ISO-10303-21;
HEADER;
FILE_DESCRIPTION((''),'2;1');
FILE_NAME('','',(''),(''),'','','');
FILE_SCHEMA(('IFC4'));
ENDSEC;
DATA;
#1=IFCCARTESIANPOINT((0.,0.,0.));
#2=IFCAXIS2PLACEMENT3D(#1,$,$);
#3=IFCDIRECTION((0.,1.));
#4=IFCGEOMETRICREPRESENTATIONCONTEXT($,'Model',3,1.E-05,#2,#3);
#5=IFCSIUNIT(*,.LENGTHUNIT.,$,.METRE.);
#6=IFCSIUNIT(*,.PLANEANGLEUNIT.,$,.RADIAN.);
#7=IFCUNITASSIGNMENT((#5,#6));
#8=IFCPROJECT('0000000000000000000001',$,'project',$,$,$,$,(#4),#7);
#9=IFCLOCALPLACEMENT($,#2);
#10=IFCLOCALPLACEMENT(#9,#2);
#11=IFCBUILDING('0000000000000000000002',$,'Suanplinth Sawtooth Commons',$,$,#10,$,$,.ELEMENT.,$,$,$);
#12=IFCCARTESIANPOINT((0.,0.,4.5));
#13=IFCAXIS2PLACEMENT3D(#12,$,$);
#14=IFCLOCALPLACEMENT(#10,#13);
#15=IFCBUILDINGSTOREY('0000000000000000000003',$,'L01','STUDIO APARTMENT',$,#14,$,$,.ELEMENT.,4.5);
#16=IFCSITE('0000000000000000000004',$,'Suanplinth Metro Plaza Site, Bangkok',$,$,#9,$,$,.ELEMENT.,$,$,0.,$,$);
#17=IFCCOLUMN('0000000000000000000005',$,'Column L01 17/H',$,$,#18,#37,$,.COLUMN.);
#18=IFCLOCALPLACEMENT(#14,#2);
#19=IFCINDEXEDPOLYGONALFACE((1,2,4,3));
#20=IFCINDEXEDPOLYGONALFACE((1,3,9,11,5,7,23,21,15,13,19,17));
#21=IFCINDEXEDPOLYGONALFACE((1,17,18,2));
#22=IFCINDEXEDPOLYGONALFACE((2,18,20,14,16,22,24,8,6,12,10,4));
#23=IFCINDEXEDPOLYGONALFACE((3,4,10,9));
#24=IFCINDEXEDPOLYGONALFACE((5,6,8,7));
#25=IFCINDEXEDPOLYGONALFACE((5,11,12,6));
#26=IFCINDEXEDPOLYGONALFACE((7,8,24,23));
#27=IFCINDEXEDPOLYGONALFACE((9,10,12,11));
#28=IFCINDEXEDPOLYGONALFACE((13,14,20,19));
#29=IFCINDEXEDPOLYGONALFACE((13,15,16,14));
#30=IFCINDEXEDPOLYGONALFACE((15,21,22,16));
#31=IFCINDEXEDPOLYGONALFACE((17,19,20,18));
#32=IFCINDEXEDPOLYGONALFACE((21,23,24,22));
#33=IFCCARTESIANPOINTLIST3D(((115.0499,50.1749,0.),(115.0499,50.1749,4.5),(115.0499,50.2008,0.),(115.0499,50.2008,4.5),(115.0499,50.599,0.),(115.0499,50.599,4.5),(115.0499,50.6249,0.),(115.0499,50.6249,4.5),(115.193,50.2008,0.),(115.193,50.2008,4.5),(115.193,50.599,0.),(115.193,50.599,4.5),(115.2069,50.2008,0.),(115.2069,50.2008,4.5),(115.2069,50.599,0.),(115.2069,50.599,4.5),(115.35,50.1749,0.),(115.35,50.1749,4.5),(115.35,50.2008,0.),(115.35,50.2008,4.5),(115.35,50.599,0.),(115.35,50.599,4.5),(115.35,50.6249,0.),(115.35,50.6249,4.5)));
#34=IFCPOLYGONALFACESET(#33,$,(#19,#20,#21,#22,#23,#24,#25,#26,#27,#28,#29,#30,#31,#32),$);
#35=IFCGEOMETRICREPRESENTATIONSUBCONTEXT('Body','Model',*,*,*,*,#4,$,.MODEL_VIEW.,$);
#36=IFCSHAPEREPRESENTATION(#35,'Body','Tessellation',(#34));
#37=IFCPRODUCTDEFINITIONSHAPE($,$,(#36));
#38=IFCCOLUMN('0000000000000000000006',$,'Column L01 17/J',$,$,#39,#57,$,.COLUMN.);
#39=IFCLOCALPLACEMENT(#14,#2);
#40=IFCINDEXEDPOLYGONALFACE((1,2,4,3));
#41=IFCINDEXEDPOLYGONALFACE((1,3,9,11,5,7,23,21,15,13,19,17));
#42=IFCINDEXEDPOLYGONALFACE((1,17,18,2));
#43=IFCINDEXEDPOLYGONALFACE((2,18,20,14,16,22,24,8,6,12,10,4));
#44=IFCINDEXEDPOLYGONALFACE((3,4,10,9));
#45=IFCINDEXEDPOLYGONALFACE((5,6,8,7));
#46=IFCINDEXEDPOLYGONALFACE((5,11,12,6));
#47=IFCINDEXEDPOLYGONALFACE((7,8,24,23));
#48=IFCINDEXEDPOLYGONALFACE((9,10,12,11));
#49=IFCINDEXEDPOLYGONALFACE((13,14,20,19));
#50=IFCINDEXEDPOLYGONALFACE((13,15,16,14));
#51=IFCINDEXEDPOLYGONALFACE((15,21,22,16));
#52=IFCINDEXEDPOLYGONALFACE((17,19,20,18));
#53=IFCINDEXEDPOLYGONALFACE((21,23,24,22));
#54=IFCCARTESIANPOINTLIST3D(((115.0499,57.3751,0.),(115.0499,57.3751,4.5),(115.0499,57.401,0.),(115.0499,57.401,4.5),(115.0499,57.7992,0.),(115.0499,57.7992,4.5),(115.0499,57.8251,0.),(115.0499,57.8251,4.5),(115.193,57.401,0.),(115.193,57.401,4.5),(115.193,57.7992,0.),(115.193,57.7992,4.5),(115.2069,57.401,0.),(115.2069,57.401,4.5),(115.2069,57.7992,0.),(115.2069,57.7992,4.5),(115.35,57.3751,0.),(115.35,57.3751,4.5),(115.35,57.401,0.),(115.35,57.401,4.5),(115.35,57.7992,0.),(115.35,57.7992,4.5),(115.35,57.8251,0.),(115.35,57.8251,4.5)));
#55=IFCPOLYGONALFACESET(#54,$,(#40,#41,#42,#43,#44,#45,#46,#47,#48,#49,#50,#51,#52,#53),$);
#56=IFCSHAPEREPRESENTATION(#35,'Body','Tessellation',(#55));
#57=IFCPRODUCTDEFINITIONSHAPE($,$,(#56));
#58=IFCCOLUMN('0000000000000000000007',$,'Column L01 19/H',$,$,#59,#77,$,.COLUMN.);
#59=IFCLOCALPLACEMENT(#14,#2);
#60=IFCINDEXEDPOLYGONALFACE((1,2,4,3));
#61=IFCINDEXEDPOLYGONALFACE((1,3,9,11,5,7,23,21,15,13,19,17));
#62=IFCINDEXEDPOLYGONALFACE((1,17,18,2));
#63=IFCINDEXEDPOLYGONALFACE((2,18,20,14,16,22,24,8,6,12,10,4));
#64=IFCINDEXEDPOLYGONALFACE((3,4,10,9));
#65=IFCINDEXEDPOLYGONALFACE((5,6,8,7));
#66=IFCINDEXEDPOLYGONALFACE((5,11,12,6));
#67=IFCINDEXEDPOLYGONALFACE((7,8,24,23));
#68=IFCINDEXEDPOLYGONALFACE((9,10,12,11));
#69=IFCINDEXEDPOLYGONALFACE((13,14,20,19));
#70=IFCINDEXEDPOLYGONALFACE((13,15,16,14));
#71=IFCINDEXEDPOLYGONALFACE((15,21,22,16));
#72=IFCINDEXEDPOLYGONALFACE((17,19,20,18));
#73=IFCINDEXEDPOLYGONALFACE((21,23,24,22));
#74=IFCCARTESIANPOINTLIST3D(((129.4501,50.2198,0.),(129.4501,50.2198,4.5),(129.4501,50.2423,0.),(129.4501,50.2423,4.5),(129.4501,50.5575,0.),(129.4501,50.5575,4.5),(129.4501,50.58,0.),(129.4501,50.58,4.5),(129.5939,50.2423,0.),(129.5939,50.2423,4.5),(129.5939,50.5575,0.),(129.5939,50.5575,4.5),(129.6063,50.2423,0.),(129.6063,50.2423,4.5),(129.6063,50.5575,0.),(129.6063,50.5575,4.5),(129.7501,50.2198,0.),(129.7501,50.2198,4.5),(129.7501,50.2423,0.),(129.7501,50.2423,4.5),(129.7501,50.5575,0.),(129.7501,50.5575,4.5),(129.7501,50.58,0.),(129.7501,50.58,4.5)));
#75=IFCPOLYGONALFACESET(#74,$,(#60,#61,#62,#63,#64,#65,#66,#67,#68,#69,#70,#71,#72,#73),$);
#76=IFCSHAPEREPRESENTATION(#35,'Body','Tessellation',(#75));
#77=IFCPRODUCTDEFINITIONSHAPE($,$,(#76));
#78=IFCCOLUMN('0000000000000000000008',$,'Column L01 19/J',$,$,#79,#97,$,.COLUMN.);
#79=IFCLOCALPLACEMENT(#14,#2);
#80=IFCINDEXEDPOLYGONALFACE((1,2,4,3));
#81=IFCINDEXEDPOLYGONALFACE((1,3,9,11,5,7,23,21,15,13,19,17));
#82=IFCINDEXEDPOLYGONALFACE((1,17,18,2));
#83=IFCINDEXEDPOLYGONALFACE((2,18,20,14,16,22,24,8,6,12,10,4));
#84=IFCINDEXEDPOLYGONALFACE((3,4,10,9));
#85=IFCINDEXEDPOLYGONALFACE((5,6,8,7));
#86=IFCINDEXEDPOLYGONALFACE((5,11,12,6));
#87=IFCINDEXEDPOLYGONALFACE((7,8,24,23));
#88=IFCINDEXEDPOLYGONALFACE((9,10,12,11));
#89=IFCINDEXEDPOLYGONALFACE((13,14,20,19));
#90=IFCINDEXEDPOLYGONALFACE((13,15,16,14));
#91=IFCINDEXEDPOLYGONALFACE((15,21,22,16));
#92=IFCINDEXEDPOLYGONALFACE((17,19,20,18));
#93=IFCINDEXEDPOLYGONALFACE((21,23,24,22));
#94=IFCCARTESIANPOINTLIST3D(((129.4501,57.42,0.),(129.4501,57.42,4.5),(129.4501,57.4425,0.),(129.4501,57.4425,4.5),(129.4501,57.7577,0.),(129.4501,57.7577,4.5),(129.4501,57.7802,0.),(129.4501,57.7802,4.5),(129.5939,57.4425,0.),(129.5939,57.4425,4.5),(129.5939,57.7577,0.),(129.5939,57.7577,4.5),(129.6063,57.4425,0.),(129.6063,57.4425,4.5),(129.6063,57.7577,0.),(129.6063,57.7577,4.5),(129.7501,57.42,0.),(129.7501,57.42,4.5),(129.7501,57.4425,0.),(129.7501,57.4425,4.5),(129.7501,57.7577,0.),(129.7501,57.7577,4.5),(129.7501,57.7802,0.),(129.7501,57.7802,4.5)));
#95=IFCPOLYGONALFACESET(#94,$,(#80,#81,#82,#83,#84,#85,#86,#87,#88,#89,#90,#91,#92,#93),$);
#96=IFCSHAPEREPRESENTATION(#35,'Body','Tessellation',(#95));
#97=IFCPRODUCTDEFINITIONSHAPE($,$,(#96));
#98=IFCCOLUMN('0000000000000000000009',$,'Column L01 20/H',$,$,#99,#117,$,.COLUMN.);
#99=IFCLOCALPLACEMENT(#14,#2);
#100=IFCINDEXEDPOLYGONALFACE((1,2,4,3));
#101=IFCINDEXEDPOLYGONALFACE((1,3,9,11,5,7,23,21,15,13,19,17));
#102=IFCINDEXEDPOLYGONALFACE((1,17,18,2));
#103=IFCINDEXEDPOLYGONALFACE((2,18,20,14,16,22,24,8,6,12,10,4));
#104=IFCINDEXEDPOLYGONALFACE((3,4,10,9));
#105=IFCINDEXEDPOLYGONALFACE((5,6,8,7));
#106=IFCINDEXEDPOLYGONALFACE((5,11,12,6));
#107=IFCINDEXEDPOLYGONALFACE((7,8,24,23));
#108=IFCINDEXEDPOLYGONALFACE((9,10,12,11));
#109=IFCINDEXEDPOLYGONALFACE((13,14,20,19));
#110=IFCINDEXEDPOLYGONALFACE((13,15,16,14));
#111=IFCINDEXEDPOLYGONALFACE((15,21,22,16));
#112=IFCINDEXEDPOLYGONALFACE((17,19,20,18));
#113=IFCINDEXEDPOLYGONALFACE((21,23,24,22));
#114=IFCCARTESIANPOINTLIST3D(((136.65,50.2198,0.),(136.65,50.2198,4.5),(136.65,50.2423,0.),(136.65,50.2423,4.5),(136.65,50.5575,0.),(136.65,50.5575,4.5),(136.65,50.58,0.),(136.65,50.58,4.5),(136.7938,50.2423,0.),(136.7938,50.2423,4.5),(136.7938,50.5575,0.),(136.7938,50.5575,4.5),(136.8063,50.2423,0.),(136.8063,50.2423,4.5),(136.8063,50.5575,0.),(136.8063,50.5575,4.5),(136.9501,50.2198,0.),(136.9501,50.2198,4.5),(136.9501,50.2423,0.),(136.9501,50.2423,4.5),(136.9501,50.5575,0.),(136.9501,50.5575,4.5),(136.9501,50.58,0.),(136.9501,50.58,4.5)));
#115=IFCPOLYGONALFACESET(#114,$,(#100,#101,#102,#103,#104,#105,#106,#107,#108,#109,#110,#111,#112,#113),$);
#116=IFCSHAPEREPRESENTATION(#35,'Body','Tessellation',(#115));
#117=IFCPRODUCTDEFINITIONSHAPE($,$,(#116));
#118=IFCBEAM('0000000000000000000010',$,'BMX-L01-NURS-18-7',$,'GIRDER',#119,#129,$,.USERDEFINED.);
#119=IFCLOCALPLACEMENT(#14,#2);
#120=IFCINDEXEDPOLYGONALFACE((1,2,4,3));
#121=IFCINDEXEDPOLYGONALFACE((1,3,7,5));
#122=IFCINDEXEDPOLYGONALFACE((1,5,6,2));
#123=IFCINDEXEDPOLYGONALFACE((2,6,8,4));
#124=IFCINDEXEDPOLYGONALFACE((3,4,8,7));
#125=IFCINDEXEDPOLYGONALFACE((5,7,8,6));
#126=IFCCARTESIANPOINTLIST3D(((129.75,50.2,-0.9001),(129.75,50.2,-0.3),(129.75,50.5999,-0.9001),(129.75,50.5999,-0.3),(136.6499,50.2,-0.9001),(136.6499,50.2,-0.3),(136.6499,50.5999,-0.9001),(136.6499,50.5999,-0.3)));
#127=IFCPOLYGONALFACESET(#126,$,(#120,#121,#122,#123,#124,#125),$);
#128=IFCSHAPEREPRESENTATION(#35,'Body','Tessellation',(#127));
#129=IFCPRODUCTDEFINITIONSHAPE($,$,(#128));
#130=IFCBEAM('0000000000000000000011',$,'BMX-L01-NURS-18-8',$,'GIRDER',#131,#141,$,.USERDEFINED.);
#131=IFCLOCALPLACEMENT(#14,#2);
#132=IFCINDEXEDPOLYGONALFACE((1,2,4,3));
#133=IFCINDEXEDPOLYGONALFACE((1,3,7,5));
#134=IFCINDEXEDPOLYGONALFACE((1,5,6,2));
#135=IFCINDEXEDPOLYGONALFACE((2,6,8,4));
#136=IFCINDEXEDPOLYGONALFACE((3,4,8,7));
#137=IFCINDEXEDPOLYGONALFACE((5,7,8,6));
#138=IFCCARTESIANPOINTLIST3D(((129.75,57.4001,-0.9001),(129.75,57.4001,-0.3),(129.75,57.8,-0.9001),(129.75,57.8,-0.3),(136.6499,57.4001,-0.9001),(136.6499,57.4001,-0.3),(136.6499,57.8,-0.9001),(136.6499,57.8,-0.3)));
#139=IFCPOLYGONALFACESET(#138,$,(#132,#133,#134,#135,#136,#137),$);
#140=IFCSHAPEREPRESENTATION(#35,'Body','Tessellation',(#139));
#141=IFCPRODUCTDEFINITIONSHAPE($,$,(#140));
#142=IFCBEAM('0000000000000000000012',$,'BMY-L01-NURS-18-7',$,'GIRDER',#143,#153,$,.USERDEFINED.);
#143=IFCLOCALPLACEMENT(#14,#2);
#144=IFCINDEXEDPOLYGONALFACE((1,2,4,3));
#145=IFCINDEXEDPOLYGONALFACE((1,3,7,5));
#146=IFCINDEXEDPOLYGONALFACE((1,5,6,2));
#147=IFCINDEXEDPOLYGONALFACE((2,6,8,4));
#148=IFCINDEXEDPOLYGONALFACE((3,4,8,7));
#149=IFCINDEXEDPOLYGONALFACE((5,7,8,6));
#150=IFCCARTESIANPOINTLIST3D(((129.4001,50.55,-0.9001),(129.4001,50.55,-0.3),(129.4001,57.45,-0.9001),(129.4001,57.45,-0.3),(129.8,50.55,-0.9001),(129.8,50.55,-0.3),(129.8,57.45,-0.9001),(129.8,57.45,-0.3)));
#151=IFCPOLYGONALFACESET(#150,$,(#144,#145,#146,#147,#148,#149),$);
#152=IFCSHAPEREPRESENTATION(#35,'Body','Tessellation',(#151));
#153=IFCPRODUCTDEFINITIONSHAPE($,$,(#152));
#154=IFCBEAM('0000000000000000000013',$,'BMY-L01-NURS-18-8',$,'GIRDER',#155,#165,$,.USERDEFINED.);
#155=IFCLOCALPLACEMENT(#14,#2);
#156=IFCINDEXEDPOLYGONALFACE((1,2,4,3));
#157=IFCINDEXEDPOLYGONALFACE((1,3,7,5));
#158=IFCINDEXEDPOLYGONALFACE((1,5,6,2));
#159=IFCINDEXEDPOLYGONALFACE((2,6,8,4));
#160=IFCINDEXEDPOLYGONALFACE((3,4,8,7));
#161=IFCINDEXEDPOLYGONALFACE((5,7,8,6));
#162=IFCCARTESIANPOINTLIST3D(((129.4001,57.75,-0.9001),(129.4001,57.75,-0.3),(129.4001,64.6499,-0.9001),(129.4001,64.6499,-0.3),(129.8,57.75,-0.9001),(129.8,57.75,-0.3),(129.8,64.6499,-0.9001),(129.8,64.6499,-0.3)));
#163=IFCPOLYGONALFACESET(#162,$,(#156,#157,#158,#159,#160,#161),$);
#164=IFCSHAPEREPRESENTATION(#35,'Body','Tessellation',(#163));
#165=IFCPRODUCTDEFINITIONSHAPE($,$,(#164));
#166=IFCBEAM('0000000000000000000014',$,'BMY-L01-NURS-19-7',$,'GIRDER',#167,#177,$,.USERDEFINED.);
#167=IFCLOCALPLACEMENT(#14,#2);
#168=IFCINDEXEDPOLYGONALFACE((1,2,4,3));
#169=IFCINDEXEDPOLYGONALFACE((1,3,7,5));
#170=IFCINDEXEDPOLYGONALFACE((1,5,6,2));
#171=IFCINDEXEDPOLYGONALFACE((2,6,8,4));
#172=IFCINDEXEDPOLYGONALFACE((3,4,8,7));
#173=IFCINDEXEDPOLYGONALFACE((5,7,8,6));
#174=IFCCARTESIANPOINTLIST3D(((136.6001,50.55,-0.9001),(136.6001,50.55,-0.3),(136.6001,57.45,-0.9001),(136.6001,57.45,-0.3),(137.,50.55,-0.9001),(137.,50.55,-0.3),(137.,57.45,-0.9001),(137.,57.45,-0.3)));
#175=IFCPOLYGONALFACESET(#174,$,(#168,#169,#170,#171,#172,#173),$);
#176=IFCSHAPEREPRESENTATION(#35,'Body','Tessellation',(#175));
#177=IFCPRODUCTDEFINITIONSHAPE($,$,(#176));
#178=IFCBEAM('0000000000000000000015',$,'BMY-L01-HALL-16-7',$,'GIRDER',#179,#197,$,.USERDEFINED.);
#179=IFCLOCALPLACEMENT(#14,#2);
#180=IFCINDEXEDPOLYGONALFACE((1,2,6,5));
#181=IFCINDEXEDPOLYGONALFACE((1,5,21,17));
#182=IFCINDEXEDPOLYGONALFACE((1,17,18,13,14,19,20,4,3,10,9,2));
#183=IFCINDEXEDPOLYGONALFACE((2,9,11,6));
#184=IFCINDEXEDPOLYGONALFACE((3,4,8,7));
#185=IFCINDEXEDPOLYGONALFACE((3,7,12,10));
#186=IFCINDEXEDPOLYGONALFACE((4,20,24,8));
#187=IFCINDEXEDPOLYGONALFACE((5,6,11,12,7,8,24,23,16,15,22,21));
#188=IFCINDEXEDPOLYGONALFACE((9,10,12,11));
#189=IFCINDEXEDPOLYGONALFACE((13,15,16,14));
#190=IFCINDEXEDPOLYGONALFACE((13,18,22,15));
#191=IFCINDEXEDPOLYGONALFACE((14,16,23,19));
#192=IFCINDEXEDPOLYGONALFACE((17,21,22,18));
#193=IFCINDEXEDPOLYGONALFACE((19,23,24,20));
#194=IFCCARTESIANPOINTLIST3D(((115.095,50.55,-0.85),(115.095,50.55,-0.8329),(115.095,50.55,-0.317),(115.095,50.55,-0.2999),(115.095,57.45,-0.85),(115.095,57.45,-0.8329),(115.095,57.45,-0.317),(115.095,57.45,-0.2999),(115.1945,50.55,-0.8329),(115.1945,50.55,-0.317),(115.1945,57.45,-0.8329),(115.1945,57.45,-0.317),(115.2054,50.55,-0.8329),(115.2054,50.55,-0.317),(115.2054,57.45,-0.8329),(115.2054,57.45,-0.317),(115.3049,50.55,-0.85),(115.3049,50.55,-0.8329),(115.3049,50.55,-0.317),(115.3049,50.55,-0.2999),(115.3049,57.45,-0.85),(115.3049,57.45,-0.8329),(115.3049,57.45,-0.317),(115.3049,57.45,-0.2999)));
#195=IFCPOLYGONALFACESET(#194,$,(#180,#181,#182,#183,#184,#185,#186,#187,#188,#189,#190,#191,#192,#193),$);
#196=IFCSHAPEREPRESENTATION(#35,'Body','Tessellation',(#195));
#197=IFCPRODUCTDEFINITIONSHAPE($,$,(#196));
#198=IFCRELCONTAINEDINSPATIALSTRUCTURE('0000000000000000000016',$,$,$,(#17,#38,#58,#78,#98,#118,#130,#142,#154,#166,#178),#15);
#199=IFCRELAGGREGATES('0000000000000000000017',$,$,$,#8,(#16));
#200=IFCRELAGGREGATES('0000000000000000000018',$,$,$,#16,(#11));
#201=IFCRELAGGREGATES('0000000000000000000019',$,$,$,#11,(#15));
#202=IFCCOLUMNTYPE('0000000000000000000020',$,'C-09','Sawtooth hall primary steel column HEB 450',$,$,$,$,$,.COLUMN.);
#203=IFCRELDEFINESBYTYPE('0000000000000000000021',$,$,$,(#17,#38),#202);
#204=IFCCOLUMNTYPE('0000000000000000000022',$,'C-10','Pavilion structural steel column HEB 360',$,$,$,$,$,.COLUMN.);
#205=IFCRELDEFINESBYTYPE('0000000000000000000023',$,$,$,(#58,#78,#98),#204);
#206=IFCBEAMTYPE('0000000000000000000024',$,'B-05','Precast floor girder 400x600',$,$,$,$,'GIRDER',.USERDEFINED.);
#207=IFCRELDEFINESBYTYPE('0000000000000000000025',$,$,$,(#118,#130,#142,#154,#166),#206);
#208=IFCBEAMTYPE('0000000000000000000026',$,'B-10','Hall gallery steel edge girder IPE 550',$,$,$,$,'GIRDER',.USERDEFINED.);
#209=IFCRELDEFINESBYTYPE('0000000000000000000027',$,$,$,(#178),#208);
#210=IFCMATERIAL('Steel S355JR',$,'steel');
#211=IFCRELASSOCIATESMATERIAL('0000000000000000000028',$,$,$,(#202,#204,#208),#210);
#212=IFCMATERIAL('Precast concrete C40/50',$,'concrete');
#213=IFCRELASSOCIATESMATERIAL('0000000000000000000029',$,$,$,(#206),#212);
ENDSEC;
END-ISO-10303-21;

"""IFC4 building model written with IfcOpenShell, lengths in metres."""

from ifc_helpers import new_model, si_unit, direction, frame, origin, origin_2d, place, context, subcontext, project, spatial, rectangle, i_section, extrude, material, material_profile, profile_set, type_object, element, save


model = new_model("IFC4")

# Units and contexts
model_context = context("Model", 3, precision=1e-05, world=origin(), true_north=direction((0.0, 1.0)))
body_context = subcontext(model_context, "Body", "Model", "MODEL_VIEW")
ifc_project = project(units=[si_unit("LENGTHUNIT", "METRE"), si_unit("PLANEANGLEUNIT", "RADIAN")], contexts=[model_context])

# Site, building, storey
site_placement = place(None, origin())
site = spatial("IfcSite", under=ifc_project, at=site_placement, Name="Suanplinth Metro Plaza Site, Bangkok", CompositionType="ELEMENT", RefElevation=0.0)
building_placement = place(site_placement, origin())
building = spatial("IfcBuilding", under=site, at=building_placement, Name="Suanplinth Sawtooth Commons", CompositionType="ELEMENT")
storey_placement = place(building_placement, frame((0.0, 0.0, 4.5)))
storey = spatial("IfcBuildingStorey", under=building, at=storey_placement, Name="L01", Description="STUDIO APARTMENT", CompositionType="ELEMENT", Elevation=4.5)

# Columns
ifc_material_1 = material(Name="Steel S355JR", Category="steel")
ifc_material_profile_1 = material_profile(ifc_material_1, i_section(OverallWidth=0.3, OverallDepth=0.45, WebThickness=0.0139, FlangeThickness=0.0259, at=origin_2d()), Name="HEB 450")
ifc_profile_set_1 = profile_set([ifc_material_profile_1], Name="Steel S355JR")
column_type_1 = type_object("IfcColumnType", Name="C-09", Description="Sawtooth hall primary steel column HEB 450", PredefinedType="COLUMN", material=ifc_profile_set_1)
for number, where, z_axis, x_axis, name in (
    (1, (115.2, 50.3999, 0.0), (0.0, 0.0, 1.0), (1.0, 0.0, 0.0), "Column L01 17/H"),
    (2, (115.2, 57.6001, 0.0), (0.0, 0.0, 1.0), (1.0, 0.0, 0.0), "Column L01 17/J"),
):
    element("IfcColumn", number, at=place(storey_placement, frame(where, z_axis=z_axis, x_axis=x_axis)), inside=storey, type_object=column_type_1, Name=name, PredefinedType="COLUMN", context=body_context, shape_type="SweptSolid", body=[
        extrude(i_section(OverallWidth=0.3, OverallDepth=0.45, WebThickness=0.0139, FlangeThickness=0.0259, at=origin_2d()), origin(), (0.0, 0.0, 1.0), 4.5),
    ])
ifc_material_profile_2 = material_profile(ifc_material_1, i_section(OverallWidth=0.3, OverallDepth=0.3601, WebThickness=0.0125, FlangeThickness=0.0225, at=origin_2d()), Name="HEB 360")
ifc_profile_set_2 = profile_set([ifc_material_profile_2], Name="Steel S355JR")
column_type_2 = type_object("IfcColumnType", Name="C-10", Description="Pavilion structural steel column HEB 360", PredefinedType="COLUMN", material=ifc_profile_set_2)
for number, where, z_axis, x_axis, name in (
    (3, (129.6001, 50.3999, 0.0), (0.0, 0.0, 1.0), (1.0, 0.0, 0.0), "Column L01 19/H"),
    (4, (129.6001, 57.6001, 0.0), (0.0, 0.0, 1.0), (1.0, 0.0, 0.0), "Column L01 19/J"),
    (5, (136.8, 50.3999, 0.0), (0.0, 0.0, 1.0), (1.0, 0.0, 0.0), "Column L01 20/H"),
):
    element("IfcColumn", number, at=place(storey_placement, frame(where, z_axis=z_axis, x_axis=x_axis)), inside=storey, type_object=column_type_2, Name=name, PredefinedType="COLUMN", context=body_context, shape_type="SweptSolid", body=[
        extrude(i_section(OverallWidth=0.3, OverallDepth=0.3601, WebThickness=0.0125, FlangeThickness=0.0225, at=origin_2d()), origin(), (0.0, 0.0, 1.0), 4.5),
    ])

# Beams
ifc_material_2 = material(Name="Precast concrete C40/50", Category="concrete")
ifc_material_profile_3 = material_profile(ifc_material_2, rectangle(XDim=0.3999, YDim=0.6001, at=origin_2d()), Name="PC-GDR 400x600")
ifc_profile_set_3 = profile_set([ifc_material_profile_3], Name="Precast concrete C40/50")
beam_type_1 = type_object("IfcBeamType", Name="B-05", Description="Precast floor girder 400x600", ElementType="GIRDER", PredefinedType="USERDEFINED", material=ifc_profile_set_3)
for number, where, z_axis, x_axis, name in (
    (6, (129.75, 50.3999, -0.6001), (1.0, 0.0, 0.0), (0.0, 1.0, 0.0), "BMX-L01-NURS-18-7"),
    (7, (129.75, 57.6001, -0.6001), (1.0, 0.0, 0.0), (0.0, 1.0, 0.0), "BMX-L01-NURS-18-8"),
    (8, (129.6001, 50.55, -0.6001), (0.0, 1.0, 0.0), (-1.0, 0.0, 0.0), "BMY-L01-NURS-18-7"),
    (9, (129.6001, 57.75, -0.6001), (0.0, 1.0, 0.0), (-1.0, 0.0, 0.0), "BMY-L01-NURS-18-8"),
    (10, (136.8, 50.55, -0.6001), (0.0, 1.0, 0.0), (-1.0, 0.0, 0.0), "BMY-L01-NURS-19-7"),
):
    element("IfcBeam", number, at=place(storey_placement, frame(where, z_axis=z_axis, x_axis=x_axis)), inside=storey, type_object=beam_type_1, Name=name, ObjectType="GIRDER", PredefinedType="USERDEFINED", context=body_context, shape_type="SweptSolid", body=[
        extrude(rectangle(XDim=0.3999, YDim=0.6001, at=origin_2d()), origin(), (0.0, 0.0, 1.0), 6.8999),
    ])
ifc_material_profile_4 = material_profile(ifc_material_1, i_section(OverallWidth=0.21, OverallDepth=0.55, WebThickness=0.011, FlangeThickness=0.0171, at=origin_2d()), Name="IPE 550")
ifc_profile_set_4 = profile_set([ifc_material_profile_4], Name="Steel S355JR")
beam_type_2 = type_object("IfcBeamType", Name="B-10", Description="Hall gallery steel edge girder IPE 550", ElementType="GIRDER", PredefinedType="USERDEFINED", material=ifc_profile_set_4)
for number, where, z_axis, x_axis, name in (
    (11, (115.2, 50.55, -0.575), (0.0, 1.0, 0.0), (-1.0, 0.0, 0.0), "BMY-L01-HALL-16-7"),
):
    element("IfcBeam", number, at=place(storey_placement, frame(where, z_axis=z_axis, x_axis=x_axis)), inside=storey, type_object=beam_type_2, Name=name, ObjectType="GIRDER", PredefinedType="USERDEFINED", context=body_context, shape_type="SweptSolid", body=[
        extrude(i_section(OverallWidth=0.21, OverallDepth=0.55, WebThickness=0.011, FlangeThickness=0.0171, at=origin_2d()), origin(), (0.0, 0.0, 1.0), 6.8999),
    ])

save(model, "model.ifc")
